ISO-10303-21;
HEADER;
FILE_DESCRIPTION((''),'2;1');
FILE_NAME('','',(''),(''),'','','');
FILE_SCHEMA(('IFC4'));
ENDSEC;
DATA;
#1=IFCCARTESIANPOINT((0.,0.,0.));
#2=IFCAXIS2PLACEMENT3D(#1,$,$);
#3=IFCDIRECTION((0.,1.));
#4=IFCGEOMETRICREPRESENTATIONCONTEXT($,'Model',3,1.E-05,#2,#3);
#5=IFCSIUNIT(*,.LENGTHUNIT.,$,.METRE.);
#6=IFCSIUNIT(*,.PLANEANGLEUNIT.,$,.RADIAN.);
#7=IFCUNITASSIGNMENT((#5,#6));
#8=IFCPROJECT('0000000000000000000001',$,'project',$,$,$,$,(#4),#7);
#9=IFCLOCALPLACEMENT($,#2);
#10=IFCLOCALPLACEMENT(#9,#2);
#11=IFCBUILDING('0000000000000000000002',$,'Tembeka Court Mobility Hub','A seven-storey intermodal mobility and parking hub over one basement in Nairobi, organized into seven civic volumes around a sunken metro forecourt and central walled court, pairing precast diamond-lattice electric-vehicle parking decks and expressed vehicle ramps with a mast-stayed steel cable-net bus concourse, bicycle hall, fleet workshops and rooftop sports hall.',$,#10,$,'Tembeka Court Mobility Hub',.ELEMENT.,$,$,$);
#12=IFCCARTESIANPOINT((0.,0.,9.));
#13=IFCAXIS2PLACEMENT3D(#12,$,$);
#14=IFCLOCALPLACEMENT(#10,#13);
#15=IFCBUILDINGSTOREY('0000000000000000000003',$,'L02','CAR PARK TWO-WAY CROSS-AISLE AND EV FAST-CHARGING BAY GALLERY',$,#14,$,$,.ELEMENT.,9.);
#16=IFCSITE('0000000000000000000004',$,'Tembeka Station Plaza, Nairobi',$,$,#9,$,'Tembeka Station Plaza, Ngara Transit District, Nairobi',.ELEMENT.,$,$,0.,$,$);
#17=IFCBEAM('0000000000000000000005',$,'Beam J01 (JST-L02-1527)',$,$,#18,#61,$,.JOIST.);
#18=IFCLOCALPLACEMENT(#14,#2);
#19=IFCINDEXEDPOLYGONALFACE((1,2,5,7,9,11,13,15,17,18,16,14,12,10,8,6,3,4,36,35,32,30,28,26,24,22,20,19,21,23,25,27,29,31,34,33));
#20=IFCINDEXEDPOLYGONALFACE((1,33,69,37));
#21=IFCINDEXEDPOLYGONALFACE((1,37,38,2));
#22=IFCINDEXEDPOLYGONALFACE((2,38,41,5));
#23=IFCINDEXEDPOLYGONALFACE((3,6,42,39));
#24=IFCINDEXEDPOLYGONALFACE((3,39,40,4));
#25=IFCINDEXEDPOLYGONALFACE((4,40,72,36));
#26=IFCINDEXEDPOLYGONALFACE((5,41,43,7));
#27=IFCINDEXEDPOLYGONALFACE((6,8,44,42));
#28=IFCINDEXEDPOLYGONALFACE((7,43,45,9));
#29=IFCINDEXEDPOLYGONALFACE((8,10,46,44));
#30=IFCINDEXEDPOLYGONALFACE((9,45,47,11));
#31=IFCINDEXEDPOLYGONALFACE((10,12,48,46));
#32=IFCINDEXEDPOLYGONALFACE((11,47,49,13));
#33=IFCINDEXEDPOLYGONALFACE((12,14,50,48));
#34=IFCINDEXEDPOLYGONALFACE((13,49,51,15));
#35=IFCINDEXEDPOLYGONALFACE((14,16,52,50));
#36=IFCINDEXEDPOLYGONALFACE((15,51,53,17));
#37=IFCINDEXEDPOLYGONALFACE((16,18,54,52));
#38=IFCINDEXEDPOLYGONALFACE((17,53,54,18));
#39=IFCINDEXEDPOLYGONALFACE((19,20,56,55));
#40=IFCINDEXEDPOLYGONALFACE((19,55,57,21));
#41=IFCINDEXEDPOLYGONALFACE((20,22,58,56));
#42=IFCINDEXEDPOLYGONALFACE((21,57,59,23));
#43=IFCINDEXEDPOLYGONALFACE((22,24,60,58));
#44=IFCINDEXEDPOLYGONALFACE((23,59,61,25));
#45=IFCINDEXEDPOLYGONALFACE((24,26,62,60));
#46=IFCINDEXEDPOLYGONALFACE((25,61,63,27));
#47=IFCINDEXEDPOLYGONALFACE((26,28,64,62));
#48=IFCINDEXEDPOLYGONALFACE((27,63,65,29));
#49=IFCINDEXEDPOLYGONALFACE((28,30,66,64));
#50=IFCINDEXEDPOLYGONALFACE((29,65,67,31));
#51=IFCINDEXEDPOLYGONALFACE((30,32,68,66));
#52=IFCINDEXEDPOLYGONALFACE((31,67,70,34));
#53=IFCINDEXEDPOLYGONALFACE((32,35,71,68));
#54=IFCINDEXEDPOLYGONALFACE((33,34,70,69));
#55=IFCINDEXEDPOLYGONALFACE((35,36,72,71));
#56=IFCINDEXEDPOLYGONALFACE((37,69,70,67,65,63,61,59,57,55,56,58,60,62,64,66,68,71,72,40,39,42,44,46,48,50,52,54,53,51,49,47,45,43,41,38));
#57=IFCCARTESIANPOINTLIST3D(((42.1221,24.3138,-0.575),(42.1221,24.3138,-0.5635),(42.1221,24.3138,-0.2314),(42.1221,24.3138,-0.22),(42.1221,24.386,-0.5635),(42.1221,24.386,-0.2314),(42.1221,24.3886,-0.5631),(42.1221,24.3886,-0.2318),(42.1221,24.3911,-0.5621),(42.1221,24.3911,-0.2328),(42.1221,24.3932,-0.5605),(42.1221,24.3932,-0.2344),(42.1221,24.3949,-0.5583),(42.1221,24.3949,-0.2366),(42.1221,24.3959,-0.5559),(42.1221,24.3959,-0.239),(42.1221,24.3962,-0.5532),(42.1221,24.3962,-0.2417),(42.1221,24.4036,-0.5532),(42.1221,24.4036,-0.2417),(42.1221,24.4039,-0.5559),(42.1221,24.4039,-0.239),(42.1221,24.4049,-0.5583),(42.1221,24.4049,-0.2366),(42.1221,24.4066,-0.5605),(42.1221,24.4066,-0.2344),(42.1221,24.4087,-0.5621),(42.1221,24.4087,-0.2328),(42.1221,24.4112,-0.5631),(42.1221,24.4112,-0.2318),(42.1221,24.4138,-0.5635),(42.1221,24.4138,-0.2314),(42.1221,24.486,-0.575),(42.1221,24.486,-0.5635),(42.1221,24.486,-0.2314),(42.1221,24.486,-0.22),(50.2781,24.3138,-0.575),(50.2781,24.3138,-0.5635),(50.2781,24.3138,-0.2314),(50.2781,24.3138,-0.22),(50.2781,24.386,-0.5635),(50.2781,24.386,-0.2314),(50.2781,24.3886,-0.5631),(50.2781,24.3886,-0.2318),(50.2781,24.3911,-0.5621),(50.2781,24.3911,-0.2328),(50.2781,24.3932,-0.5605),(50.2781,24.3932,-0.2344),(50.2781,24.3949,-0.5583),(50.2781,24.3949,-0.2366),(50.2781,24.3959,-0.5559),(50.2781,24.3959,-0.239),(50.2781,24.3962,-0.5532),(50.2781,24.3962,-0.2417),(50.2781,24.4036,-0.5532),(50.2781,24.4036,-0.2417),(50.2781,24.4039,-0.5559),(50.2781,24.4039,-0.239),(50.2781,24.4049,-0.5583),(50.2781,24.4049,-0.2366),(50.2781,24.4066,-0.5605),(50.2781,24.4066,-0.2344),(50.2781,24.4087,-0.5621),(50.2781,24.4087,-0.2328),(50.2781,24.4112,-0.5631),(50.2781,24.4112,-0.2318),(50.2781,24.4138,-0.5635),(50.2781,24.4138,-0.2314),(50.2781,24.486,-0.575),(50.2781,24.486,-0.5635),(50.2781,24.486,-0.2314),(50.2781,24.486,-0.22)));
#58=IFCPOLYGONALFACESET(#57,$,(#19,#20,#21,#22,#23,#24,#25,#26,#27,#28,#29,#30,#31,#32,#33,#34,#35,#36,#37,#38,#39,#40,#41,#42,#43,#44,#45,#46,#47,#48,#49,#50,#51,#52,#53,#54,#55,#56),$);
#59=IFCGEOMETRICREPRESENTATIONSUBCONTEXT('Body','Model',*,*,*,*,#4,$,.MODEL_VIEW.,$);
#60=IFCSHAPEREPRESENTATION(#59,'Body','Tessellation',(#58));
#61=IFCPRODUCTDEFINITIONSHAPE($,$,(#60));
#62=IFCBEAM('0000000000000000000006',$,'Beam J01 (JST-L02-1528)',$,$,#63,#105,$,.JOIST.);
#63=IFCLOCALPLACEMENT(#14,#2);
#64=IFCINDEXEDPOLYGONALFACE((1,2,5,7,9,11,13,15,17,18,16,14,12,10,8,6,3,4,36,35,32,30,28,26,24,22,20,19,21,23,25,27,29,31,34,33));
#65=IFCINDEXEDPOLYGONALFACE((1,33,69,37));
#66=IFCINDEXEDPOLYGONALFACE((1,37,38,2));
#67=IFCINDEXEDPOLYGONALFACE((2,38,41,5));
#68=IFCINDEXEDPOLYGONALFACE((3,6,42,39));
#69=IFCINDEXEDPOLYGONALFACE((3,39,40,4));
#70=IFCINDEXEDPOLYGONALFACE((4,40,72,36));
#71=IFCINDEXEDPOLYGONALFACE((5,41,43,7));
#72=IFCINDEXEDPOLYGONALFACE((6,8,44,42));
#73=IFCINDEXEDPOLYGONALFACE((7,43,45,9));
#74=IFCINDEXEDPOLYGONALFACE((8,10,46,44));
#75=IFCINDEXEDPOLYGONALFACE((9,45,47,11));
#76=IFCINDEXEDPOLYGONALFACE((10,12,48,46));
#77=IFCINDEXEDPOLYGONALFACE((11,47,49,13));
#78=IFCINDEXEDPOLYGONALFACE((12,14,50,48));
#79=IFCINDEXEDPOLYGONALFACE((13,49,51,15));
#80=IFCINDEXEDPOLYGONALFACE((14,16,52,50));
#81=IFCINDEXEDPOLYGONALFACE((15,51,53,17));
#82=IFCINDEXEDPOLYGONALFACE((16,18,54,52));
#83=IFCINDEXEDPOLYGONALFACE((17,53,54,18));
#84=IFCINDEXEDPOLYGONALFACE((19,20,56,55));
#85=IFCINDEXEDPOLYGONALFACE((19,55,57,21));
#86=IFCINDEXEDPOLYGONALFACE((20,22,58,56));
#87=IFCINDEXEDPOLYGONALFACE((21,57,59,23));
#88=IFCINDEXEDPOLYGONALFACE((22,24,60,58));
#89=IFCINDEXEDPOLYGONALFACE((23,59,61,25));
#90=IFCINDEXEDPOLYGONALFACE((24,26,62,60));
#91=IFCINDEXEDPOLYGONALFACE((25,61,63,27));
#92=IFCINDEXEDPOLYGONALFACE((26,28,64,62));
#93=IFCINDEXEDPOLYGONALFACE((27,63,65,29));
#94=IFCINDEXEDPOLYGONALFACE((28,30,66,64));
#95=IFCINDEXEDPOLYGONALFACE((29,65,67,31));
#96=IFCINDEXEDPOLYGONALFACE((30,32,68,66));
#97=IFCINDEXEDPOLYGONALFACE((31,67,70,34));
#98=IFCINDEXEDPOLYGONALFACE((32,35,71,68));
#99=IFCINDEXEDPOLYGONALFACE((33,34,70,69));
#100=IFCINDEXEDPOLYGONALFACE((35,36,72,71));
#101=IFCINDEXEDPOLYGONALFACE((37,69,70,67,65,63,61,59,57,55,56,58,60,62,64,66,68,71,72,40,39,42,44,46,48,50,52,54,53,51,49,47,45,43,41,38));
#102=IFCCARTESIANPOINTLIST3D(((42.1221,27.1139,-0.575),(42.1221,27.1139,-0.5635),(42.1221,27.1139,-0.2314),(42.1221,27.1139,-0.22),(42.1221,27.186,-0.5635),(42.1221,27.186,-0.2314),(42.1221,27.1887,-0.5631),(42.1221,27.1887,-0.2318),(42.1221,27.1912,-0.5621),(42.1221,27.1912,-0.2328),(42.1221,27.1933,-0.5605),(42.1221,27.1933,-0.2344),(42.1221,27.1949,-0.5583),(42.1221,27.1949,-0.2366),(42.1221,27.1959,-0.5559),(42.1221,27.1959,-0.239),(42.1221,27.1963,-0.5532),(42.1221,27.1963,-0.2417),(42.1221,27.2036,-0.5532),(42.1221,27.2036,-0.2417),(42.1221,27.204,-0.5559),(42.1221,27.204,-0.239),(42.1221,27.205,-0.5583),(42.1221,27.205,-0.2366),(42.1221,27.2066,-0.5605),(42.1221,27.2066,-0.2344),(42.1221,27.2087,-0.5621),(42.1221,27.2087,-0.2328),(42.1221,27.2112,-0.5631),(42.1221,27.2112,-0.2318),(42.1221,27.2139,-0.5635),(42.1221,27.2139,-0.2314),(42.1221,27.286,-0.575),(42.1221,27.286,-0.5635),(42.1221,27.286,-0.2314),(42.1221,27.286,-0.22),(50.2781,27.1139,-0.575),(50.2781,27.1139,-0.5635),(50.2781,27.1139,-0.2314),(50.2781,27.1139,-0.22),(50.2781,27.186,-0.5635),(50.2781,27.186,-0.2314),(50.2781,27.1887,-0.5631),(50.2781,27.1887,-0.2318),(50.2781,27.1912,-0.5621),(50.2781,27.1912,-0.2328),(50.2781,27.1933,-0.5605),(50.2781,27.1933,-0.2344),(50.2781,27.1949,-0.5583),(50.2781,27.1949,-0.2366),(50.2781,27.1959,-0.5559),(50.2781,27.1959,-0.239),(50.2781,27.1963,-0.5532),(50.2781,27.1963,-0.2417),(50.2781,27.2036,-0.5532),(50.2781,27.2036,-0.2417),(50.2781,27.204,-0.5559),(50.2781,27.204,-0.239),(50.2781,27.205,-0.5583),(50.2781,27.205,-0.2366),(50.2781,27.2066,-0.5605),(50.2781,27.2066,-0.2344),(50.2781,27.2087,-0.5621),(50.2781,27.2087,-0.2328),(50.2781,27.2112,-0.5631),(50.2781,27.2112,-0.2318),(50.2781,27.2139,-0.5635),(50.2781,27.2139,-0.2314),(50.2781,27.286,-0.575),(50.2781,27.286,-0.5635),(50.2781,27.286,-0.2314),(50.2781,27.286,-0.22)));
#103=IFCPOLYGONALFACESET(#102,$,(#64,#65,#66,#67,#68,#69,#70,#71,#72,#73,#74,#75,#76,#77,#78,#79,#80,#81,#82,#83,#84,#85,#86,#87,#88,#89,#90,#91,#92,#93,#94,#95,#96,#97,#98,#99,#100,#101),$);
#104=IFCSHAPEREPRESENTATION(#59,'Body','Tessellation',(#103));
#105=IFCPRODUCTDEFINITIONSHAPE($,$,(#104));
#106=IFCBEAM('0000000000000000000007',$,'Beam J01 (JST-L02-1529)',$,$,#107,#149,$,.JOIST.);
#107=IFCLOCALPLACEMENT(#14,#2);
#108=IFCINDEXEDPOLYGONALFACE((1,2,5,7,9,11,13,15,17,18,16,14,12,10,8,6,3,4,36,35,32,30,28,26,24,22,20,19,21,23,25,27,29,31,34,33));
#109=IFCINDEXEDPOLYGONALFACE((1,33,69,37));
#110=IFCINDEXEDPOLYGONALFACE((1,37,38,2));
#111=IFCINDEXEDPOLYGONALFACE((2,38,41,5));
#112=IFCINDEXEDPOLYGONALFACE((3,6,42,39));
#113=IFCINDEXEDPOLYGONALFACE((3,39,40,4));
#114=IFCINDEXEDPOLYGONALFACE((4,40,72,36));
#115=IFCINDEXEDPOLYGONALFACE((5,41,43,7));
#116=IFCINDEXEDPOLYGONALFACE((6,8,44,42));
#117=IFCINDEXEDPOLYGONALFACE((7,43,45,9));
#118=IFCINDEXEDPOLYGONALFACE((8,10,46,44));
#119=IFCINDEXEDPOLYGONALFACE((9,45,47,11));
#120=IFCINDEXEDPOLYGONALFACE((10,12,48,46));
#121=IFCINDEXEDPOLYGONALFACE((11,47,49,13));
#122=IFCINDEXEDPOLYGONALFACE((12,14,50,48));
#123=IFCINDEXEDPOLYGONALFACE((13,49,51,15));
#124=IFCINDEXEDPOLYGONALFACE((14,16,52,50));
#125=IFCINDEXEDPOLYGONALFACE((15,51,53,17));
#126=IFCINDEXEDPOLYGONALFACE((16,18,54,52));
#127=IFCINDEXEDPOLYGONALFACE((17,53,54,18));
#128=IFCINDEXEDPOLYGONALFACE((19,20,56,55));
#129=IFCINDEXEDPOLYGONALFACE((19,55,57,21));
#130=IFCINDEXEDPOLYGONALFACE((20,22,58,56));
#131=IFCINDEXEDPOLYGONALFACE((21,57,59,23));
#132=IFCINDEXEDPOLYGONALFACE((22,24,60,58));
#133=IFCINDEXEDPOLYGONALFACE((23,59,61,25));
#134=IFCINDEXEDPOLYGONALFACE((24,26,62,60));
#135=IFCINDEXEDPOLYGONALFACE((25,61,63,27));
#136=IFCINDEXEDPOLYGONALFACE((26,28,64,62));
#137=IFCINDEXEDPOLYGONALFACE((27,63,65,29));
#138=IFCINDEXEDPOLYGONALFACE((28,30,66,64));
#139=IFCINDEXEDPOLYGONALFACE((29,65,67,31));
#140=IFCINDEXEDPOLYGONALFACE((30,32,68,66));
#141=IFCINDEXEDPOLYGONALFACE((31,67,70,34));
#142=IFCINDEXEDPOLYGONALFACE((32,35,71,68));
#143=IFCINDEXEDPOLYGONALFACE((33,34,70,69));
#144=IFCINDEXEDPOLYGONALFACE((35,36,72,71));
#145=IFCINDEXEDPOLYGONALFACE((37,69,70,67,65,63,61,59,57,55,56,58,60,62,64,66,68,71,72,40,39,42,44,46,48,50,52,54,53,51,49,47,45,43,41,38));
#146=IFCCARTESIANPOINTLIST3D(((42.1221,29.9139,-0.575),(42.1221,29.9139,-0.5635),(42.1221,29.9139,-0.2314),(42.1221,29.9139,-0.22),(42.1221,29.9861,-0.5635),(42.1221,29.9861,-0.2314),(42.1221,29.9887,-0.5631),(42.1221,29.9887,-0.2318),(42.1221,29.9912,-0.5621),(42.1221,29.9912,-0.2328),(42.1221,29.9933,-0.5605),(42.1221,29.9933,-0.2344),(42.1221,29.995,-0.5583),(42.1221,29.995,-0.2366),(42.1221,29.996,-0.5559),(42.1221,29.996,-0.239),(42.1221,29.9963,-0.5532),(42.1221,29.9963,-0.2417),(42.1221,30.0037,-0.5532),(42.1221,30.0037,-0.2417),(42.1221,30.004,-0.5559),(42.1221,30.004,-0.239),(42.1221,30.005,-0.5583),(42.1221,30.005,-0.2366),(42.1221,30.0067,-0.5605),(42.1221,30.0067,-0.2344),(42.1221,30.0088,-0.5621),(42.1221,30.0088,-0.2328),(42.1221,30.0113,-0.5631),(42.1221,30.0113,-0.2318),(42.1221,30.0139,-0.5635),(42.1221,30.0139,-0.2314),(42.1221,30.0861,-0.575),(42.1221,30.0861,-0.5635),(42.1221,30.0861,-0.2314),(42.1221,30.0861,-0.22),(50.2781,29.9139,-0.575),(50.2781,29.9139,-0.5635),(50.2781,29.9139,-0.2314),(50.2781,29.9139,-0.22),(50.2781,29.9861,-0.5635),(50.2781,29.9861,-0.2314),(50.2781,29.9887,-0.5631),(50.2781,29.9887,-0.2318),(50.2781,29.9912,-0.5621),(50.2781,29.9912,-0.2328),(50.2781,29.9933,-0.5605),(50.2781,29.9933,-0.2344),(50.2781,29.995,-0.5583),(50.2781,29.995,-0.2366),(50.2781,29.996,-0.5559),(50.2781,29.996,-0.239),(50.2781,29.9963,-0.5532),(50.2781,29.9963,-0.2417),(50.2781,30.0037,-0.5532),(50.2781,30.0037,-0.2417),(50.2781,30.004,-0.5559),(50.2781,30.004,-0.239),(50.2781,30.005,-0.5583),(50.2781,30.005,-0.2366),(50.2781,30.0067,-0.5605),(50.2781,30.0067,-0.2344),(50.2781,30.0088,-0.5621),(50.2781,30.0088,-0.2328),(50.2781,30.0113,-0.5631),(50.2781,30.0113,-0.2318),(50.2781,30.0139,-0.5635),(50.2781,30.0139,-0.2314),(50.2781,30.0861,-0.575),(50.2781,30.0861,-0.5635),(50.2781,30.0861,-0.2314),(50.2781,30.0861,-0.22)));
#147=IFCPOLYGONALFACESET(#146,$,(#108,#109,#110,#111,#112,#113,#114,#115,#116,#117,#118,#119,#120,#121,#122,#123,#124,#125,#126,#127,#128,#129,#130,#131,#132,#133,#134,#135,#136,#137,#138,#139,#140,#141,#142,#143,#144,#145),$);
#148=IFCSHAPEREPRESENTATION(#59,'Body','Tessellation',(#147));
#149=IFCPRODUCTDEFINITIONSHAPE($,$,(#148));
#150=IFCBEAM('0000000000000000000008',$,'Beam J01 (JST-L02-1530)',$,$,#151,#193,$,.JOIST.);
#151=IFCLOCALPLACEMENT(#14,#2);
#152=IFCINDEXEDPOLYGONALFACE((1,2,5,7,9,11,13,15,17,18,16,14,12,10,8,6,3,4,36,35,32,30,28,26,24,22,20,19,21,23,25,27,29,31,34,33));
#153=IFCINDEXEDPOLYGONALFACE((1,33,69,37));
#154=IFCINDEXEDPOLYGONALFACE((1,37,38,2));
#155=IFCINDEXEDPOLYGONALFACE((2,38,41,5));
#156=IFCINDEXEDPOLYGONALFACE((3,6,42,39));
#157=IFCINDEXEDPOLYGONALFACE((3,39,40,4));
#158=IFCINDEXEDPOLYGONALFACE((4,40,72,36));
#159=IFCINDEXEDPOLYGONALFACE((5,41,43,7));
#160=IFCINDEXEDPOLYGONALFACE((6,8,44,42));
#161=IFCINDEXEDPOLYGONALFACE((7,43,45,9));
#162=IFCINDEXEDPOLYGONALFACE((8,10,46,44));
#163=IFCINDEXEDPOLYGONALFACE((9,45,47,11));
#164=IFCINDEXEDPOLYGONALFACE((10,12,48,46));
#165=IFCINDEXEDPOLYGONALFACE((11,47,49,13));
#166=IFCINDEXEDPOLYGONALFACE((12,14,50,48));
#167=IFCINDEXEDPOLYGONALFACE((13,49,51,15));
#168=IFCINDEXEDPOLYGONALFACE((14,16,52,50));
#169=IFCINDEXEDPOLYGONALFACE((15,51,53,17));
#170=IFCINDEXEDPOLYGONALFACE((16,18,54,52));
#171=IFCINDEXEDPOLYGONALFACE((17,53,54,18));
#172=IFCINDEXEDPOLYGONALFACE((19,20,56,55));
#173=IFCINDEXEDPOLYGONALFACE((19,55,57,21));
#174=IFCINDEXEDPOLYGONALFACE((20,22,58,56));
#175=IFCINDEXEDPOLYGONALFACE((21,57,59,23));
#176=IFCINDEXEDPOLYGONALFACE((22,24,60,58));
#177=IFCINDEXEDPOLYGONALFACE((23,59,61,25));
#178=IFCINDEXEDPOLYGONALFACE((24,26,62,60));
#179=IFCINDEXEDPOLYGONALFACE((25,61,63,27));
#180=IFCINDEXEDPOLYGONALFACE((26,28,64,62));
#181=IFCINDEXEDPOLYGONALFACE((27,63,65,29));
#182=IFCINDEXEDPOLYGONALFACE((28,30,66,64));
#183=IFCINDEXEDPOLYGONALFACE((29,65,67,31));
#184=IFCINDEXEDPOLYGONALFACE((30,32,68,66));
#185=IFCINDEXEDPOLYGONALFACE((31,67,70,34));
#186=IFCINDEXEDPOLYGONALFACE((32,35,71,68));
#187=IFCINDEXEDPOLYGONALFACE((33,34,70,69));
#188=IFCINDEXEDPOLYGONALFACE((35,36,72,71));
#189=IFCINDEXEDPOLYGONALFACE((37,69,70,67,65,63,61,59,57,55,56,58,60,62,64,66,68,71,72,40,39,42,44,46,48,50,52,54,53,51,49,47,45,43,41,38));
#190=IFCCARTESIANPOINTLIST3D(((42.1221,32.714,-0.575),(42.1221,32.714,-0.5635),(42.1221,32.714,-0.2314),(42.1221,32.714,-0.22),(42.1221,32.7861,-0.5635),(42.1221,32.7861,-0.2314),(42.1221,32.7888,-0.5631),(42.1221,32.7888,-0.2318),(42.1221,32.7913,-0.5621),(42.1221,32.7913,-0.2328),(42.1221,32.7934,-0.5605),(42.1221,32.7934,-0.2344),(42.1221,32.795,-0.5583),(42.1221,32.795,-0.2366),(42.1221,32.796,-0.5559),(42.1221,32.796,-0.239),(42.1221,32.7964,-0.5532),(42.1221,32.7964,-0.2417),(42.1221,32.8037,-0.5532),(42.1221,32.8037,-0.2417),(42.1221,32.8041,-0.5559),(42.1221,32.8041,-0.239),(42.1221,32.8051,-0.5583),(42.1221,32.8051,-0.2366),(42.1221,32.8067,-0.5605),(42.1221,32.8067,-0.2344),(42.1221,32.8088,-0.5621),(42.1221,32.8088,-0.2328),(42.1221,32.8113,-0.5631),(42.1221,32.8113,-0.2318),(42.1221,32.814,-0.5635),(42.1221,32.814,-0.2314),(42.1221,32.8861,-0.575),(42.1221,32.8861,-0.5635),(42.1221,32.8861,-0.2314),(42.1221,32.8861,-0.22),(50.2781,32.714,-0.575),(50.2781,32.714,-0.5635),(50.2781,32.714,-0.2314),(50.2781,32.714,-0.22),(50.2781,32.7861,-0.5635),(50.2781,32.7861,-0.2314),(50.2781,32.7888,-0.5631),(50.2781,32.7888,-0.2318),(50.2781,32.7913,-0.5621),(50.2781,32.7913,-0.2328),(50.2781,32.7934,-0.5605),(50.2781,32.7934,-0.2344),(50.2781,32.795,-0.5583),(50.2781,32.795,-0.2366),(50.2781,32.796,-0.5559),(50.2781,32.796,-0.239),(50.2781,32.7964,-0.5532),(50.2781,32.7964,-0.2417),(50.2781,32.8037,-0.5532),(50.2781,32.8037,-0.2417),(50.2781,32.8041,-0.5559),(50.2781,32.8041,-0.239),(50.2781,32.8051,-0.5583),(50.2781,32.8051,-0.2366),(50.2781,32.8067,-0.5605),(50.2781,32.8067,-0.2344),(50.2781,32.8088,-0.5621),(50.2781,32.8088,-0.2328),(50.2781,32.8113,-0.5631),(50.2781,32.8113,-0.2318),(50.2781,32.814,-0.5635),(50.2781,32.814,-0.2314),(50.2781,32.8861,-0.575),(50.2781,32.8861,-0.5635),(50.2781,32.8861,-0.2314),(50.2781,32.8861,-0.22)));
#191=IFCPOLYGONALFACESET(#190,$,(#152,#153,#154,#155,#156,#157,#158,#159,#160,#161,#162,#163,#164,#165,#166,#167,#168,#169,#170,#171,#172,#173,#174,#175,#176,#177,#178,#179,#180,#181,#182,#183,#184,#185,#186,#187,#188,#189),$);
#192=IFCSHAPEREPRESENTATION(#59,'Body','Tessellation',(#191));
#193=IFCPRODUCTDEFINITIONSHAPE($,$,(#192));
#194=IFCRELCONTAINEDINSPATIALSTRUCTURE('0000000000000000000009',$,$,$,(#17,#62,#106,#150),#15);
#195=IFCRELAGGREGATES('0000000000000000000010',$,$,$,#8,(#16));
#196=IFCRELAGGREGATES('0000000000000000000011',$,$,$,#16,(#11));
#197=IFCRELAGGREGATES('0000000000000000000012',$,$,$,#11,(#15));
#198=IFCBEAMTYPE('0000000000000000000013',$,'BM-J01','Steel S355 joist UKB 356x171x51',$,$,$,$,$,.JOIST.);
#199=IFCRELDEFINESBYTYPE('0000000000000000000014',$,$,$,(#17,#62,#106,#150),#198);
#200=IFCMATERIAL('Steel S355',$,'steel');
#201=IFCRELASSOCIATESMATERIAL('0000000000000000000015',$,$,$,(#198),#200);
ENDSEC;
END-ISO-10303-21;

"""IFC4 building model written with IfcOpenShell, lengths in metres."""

from ifc_helpers import new_model, si_unit, direction, frame, origin, origin_2d, place, context, subcontext, project, spatial, i_section, extrude, material, material_profile, profile_set, type_object, element, save


model = new_model("IFC4")

# Units and contexts
model_context = context("Model", 3, precision=1e-05, world=origin(), true_north=direction((0.0, 1.0)))
body_context = subcontext(model_context, "Body", "Model", "MODEL_VIEW")
ifc_project = project(units=[si_unit("LENGTHUNIT", "METRE"), si_unit("PLANEANGLEUNIT", "RADIAN")], contexts=[model_context])

# Site, building, storey
site_placement = place(None, origin())
site = spatial("IfcSite", under=ifc_project, at=site_placement, Name="Tembeka Station Plaza, Nairobi", LongName="Tembeka Station Plaza, Ngara Transit District, Nairobi", CompositionType="ELEMENT", RefElevation=0.0)
building_placement = place(site_placement, origin())
building = spatial("IfcBuilding", under=site, at=building_placement, Name="Tembeka Court Mobility Hub", Description="A seven-storey intermodal mobility and parking hub over one basement in Nairobi, organized into seven civic volumes around a sunken metro forecourt and central walled court, pairing precast diamond-lattice electric-vehicle parking decks and expressed vehicle ramps with a mast-stayed steel cable-net bus concourse, bicycle hall, fleet workshops and rooftop sports hall.", LongName="Tembeka Court Mobility Hub", CompositionType="ELEMENT")
storey_placement = place(building_placement, frame((0.0, 0.0, 9.0)))
storey = spatial("IfcBuildingStorey", under=building, at=storey_placement, Name="L02", Description="CAR PARK TWO-WAY CROSS-AISLE AND EV FAST-CHARGING BAY GALLERY", CompositionType="ELEMENT", Elevation=9.0)

# Shared definitions
ifc_material_1 = material(Name="Steel S355", Category="steel")

# Beams
ifc_material_profile_1 = material_profile(ifc_material_1, i_section(OverallWidth=0.1721, OverallDepth=0.355, WebThickness=0.0073, FlangeThickness=0.0115, FilletRadius=0.0103, at=origin_2d()), Name="UKB 356x171x51")
ifc_profile_set_1 = profile_set([ifc_material_profile_1], Name="Steel S355")
beam_type_1 = type_object("IfcBeamType", Name="BM-J01", Description="Steel S355 joist UKB 356x171x51", PredefinedType="JOIST", material=ifc_profile_set_1)
for number, where, z_axis, x_axis, name in (
    (1, (42.1221, 24.3999, -0.3975), (1.0, 0.0, 0.0), (0.0, 1.0, 0.0), "Beam J01 (JST-L02-1527)"),
    (2, (42.1221, 27.2, -0.3975), (1.0, 0.0, 0.0), (0.0, 1.0, 0.0), "Beam J01 (JST-L02-1528)"),
    (3, (42.1221, 30.0, -0.3975), (1.0, 0.0, 0.0), (0.0, 1.0, 0.0), "Beam J01 (JST-L02-1529)"),
    (4, (42.1221, 32.8, -0.3975), (1.0, 0.0, 0.0), (0.0, 1.0, 0.0), "Beam J01 (JST-L02-1530)"),
):
    element("IfcBeam", number, at=place(storey_placement, frame(where, z_axis=z_axis, x_axis=x_axis)), inside=storey, type_object=beam_type_1, Name=name, PredefinedType="JOIST", context=body_context, shape_type="SweptSolid", body=[
        extrude(i_section(OverallWidth=0.1721, OverallDepth=0.355, WebThickness=0.0073, FlangeThickness=0.0115, FilletRadius=0.0103, at=origin_2d()), origin(), (0.0, 0.0, 1.0), 8.156),
    ])

save(model, "model.ifc")
